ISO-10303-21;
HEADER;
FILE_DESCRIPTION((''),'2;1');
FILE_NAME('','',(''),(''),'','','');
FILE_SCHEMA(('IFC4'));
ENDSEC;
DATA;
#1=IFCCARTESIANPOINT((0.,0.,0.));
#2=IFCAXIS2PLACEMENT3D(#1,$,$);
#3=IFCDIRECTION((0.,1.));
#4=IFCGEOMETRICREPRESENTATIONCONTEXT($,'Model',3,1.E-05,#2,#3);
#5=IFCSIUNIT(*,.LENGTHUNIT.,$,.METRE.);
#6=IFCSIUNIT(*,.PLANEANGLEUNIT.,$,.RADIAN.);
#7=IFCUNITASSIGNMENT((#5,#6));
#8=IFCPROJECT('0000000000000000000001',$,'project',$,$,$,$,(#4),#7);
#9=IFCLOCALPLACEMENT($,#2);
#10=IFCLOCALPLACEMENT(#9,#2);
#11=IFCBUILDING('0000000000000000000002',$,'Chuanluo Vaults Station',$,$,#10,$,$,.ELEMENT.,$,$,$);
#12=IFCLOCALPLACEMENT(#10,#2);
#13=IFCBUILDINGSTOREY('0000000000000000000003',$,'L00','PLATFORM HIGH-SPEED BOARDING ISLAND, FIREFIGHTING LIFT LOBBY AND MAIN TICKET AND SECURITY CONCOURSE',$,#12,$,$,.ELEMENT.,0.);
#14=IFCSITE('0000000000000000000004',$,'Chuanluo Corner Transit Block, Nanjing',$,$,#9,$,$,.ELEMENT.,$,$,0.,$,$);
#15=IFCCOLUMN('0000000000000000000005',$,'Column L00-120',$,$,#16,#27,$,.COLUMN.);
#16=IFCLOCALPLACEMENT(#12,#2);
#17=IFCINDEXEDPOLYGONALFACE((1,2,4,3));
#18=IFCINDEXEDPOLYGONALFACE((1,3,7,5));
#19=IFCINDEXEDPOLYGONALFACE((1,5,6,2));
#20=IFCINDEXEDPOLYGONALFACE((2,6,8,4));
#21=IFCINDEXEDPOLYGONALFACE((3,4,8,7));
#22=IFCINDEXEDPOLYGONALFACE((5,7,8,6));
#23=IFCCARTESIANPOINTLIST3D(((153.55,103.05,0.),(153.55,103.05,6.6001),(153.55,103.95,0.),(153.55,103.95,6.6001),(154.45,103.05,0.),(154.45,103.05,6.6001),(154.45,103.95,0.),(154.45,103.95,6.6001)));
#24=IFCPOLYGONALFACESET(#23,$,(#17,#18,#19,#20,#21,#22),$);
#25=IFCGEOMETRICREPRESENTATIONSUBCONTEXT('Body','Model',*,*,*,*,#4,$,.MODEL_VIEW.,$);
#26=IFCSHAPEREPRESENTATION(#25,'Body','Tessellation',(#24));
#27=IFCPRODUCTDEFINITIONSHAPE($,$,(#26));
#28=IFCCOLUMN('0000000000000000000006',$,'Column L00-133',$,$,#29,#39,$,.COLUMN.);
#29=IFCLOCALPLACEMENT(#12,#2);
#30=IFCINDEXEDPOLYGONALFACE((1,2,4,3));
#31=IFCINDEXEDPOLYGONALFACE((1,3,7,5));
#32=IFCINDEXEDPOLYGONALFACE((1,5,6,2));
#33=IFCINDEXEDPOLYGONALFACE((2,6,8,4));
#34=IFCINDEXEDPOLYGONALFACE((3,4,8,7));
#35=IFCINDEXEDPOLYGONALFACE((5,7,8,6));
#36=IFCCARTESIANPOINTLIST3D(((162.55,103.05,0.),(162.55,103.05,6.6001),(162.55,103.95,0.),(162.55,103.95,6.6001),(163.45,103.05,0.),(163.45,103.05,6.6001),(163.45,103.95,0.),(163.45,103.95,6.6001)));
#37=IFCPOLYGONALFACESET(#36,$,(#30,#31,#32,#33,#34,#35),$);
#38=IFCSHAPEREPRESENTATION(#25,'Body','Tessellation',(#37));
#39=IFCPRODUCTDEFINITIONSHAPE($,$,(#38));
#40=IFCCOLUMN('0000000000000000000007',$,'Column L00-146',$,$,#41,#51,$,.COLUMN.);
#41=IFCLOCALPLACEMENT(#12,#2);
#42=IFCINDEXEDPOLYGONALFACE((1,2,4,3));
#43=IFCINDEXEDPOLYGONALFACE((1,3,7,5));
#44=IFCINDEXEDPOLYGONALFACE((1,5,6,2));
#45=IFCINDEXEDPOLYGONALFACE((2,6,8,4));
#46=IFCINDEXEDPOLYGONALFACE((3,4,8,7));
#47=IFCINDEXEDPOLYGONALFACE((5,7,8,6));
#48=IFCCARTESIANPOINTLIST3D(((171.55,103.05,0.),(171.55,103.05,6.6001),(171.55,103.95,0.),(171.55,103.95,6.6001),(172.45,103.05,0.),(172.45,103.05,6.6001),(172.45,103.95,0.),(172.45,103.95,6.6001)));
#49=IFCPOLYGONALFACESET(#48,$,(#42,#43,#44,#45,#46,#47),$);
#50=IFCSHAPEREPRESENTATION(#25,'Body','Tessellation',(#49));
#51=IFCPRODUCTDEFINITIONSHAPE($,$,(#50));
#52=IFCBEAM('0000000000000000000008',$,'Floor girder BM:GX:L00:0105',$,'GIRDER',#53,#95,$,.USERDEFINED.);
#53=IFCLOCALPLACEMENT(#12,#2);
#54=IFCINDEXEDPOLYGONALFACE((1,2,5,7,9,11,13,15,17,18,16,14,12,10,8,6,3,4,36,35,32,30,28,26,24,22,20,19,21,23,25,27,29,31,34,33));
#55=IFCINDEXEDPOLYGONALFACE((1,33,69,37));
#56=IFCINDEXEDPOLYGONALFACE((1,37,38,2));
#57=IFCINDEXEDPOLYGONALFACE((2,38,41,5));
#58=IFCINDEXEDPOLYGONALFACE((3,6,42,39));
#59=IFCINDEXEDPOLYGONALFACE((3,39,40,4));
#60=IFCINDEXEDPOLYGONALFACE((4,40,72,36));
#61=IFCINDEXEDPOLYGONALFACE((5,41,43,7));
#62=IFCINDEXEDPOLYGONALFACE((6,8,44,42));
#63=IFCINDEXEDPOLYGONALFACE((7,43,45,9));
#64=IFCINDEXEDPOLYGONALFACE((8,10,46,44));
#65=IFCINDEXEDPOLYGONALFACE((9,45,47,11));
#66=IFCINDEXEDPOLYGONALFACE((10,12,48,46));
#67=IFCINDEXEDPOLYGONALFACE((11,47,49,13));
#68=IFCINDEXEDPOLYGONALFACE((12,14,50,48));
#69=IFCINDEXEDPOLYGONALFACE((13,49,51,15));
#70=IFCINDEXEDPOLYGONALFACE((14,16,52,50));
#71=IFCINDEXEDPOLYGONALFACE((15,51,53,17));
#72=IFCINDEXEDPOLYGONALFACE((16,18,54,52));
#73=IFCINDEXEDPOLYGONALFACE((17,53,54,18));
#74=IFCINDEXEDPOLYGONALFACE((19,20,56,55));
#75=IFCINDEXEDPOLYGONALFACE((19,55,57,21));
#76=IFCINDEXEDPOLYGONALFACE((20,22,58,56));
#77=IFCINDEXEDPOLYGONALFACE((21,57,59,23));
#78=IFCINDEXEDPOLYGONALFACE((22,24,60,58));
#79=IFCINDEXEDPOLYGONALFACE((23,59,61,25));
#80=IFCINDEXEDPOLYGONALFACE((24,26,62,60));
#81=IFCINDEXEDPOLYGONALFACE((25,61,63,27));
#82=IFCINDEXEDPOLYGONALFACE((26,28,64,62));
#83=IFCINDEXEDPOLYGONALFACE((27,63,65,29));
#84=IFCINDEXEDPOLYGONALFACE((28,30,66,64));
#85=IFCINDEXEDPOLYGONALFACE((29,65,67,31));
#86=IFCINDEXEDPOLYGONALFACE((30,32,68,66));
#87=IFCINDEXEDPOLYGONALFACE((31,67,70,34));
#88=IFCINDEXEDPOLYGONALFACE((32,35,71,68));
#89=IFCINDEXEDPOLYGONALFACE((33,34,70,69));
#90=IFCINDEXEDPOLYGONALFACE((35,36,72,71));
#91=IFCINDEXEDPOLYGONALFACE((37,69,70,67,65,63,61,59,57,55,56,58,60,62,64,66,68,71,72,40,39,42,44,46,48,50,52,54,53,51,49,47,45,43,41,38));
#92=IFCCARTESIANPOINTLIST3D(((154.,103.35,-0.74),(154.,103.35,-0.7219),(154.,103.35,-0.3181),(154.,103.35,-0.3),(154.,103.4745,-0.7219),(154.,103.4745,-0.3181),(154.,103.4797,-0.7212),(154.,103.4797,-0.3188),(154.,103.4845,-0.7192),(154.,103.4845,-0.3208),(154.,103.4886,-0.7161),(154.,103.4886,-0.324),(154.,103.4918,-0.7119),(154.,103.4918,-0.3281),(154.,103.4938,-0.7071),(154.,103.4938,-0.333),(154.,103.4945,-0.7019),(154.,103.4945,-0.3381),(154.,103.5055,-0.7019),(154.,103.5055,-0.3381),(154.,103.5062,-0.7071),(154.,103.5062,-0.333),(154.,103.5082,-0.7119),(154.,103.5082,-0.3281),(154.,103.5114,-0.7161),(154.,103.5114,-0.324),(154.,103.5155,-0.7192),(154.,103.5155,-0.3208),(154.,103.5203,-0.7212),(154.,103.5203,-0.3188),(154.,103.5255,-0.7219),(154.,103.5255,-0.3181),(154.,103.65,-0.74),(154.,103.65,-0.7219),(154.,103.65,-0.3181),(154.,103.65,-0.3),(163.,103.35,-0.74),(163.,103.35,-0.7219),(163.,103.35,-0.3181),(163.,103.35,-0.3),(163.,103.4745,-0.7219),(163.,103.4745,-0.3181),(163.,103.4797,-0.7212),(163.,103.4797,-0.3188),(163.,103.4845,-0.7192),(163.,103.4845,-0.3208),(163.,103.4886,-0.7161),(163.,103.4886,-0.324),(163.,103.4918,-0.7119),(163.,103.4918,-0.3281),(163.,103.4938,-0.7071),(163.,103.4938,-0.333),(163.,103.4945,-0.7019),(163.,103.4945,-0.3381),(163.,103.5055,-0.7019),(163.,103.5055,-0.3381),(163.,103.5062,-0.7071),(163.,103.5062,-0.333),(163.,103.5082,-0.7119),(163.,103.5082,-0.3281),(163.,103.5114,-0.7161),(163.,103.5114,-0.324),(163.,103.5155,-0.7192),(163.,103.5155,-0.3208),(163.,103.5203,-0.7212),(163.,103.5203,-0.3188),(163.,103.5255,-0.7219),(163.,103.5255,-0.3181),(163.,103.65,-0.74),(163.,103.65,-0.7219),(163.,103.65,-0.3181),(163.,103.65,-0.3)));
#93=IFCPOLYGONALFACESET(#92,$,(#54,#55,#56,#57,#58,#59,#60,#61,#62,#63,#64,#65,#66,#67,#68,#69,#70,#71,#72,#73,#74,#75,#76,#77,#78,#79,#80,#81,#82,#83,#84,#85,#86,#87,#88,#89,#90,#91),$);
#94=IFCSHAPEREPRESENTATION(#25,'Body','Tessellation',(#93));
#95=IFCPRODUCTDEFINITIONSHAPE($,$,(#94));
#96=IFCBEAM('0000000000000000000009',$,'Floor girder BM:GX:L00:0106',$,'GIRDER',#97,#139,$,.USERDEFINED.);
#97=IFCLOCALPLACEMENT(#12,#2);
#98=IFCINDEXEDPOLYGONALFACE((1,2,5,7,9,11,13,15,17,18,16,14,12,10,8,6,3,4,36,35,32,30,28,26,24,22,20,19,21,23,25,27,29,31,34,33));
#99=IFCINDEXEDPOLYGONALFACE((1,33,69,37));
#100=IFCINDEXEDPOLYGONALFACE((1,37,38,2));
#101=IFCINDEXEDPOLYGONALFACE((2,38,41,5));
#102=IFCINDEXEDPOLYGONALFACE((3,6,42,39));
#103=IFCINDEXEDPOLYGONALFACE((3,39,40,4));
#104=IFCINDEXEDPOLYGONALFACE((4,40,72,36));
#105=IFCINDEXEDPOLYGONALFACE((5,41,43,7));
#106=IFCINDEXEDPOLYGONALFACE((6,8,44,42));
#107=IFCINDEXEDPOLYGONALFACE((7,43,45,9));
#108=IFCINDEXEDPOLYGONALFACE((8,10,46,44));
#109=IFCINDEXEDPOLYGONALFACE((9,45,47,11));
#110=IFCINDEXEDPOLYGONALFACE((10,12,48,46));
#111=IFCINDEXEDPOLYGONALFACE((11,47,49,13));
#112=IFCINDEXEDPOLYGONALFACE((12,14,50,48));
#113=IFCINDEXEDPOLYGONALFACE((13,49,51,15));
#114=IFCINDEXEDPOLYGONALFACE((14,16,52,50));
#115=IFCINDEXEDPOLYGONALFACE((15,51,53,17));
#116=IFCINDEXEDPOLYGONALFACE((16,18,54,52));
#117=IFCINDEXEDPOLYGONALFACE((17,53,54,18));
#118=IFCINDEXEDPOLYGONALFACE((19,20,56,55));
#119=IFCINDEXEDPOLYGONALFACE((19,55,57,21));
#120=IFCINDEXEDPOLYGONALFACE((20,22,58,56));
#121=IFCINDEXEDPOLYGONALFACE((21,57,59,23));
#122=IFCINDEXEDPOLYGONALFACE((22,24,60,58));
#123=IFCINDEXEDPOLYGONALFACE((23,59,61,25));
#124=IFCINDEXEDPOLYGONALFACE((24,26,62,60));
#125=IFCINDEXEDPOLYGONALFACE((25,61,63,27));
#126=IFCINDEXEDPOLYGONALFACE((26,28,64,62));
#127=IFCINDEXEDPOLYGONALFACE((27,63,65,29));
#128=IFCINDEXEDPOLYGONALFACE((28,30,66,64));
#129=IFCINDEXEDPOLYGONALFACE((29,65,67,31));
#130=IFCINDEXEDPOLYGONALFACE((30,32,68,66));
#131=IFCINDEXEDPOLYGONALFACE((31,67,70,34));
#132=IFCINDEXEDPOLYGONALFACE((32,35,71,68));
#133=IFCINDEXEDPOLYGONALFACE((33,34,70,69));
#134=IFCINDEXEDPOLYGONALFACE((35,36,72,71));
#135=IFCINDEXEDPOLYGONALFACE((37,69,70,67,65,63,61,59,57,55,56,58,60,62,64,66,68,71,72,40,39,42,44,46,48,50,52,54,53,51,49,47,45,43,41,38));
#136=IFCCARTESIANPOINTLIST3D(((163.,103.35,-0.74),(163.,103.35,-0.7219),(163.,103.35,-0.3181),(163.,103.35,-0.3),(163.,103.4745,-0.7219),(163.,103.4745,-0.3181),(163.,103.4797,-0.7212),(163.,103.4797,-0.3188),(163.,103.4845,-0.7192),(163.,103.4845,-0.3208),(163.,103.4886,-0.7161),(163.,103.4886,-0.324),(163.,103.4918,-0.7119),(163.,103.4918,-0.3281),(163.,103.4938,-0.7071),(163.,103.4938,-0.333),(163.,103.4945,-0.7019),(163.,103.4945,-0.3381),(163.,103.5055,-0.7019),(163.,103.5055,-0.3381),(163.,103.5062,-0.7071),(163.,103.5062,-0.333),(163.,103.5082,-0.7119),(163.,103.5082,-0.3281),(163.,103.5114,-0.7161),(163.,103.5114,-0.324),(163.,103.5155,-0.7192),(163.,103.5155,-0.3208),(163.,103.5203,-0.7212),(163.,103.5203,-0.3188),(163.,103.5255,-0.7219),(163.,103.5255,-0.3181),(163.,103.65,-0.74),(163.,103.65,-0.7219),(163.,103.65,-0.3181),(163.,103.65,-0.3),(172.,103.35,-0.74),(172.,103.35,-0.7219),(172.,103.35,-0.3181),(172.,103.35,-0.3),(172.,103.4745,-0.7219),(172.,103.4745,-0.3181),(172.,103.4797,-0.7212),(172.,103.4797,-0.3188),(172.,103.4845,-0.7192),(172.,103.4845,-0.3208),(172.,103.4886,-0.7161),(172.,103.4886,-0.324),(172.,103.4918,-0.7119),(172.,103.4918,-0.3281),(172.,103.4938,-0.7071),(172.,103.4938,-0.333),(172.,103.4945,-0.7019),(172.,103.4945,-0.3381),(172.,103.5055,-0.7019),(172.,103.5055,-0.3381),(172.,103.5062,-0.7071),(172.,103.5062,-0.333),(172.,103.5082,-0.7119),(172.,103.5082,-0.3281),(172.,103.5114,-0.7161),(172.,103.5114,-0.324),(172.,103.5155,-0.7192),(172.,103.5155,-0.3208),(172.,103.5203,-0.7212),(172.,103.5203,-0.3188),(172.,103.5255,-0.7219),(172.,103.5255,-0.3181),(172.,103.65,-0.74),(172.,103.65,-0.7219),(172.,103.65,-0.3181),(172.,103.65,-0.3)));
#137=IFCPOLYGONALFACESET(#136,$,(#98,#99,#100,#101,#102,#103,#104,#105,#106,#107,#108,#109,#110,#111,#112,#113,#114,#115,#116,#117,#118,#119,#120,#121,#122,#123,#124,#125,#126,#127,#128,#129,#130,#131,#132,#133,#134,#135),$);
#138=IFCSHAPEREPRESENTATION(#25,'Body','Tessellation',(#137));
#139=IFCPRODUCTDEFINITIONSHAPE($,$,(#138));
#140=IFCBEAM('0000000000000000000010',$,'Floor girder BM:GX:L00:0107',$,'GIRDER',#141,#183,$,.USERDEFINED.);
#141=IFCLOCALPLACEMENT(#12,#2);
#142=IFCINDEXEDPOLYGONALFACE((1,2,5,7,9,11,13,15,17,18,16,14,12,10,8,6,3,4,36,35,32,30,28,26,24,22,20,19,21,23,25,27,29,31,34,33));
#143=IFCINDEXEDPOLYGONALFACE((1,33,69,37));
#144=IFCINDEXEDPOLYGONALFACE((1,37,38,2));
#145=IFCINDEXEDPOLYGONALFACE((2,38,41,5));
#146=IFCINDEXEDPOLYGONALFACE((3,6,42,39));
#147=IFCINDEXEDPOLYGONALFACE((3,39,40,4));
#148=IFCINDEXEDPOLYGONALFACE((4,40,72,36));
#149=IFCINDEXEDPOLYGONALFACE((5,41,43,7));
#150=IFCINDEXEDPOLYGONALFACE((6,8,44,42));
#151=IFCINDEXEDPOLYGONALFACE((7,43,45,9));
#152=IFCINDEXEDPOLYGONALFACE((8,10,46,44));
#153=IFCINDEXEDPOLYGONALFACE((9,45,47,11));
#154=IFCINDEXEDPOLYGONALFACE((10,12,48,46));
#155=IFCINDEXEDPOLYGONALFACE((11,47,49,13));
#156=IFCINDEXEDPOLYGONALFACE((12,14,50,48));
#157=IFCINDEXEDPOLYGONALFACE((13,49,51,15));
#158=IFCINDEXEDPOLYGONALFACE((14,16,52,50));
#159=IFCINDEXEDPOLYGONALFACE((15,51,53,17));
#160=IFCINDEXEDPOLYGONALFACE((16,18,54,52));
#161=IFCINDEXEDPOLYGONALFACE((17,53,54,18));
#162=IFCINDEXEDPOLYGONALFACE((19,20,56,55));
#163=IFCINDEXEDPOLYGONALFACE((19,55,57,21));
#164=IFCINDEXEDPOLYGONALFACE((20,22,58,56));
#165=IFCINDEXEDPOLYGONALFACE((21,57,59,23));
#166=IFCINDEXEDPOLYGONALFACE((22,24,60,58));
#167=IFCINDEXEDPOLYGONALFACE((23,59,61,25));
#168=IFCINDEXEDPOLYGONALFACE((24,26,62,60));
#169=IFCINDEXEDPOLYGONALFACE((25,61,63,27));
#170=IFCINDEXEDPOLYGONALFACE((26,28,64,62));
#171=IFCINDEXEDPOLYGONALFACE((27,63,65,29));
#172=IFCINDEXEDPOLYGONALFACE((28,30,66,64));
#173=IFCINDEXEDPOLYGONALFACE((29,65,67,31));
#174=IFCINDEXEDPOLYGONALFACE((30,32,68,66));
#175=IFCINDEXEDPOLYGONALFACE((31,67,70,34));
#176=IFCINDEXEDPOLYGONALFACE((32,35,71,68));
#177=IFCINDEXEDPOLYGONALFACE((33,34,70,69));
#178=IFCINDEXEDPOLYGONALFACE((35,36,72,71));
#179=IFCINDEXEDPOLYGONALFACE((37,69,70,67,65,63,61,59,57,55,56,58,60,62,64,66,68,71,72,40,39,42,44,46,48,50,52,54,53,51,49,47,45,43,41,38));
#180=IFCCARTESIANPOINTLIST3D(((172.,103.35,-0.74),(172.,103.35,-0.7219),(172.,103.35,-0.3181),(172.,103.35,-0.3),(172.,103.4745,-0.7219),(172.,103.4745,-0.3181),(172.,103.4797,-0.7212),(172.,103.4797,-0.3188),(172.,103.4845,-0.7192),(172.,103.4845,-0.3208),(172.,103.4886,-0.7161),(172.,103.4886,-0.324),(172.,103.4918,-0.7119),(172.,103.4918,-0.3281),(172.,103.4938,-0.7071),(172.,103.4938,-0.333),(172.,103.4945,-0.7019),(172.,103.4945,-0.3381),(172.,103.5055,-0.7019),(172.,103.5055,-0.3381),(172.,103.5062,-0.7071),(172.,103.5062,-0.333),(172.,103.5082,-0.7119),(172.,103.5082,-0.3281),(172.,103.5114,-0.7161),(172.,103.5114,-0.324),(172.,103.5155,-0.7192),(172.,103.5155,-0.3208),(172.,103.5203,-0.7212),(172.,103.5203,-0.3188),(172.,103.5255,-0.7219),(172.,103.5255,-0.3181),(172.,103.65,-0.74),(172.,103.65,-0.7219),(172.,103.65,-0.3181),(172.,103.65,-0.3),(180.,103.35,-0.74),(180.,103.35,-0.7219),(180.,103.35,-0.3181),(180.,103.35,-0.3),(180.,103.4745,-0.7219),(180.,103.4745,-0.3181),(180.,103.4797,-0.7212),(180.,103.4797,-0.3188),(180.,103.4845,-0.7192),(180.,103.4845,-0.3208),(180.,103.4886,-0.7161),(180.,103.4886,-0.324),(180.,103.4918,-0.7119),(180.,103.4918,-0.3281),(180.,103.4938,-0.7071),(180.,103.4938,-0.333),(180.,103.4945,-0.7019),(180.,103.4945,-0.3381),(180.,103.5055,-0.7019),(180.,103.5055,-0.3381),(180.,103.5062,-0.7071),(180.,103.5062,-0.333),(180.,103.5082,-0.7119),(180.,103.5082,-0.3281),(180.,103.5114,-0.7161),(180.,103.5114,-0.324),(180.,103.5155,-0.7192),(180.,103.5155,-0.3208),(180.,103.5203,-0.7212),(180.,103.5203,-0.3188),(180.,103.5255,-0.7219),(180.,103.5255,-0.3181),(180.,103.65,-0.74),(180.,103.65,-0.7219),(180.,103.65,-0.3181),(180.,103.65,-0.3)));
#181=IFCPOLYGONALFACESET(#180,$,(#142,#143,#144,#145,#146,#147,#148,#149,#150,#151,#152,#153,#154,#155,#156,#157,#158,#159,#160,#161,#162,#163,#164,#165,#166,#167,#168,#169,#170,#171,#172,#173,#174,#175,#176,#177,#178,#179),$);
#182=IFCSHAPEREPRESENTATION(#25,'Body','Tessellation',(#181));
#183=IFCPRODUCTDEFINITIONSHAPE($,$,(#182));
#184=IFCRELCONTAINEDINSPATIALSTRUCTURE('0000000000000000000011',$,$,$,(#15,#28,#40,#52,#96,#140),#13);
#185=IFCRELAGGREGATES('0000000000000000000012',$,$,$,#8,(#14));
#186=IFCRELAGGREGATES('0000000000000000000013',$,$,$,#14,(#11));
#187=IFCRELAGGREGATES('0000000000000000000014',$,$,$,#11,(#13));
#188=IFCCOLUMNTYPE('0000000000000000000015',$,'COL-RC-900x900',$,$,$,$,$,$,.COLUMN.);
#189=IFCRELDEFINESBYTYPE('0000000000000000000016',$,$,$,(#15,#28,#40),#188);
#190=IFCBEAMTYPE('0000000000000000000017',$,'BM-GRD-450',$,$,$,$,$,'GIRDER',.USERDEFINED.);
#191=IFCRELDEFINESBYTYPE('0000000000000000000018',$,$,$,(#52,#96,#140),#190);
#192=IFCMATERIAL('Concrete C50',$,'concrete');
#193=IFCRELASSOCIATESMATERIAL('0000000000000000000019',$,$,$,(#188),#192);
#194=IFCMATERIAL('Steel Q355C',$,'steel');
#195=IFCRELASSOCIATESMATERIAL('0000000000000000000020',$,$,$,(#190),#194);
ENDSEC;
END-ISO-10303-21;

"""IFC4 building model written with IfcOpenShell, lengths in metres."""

from ifc_helpers import new_model, si_unit, direction, frame, origin, origin_2d, place, context, subcontext, project, spatial, rectangle, i_section, extrude, material, material_profile, profile_set, type_object, element, save


model = new_model("IFC4")

# Units and contexts
model_context = context("Model", 3, precision=1e-05, world=origin(), true_north=direction((0.0, 1.0)))
body_context = subcontext(model_context, "Body", "Model", "MODEL_VIEW")
ifc_project = project(units=[si_unit("LENGTHUNIT", "METRE"), si_unit("PLANEANGLEUNIT", "RADIAN")], contexts=[model_context])

# Site, building, storey
site_placement = place(None, origin())
site = spatial("IfcSite", under=ifc_project, at=site_placement, Name="Chuanluo Corner Transit Block, Nanjing", CompositionType="ELEMENT", RefElevation=0.0)
building_placement = place(site_placement, origin())
building = spatial("IfcBuilding", under=site, at=building_placement, Name="Chuanluo Vaults Station", CompositionType="ELEMENT")
storey_placement = place(building_placement, origin())
storey = spatial("IfcBuildingStorey", under=building, at=storey_placement, Name="L00", Description="PLATFORM HIGH-SPEED BOARDING ISLAND, FIREFIGHTING LIFT LOBBY AND MAIN TICKET AND SECURITY CONCOURSE", CompositionType="ELEMENT", Elevation=0.0)

# Columns
ifc_material_1 = material(Name="Concrete C50", Category="concrete")
ifc_material_profile_1 = material_profile(ifc_material_1, rectangle(XDim=0.8999, YDim=0.8999, at=origin_2d()))
ifc_profile_set_1 = profile_set([ifc_material_profile_1], Name="Concrete C50")
column_type = type_object("IfcColumnType", Name="COL-RC-900x900", PredefinedType="COLUMN", material=ifc_profile_set_1)
for number, where, z_axis, x_axis, name in (
    (1, (154.0, 103.5, 0.0), (0.0, 0.0, 1.0), (1.0, 0.0, 0.0), "Column L00-120"),
    (2, (163.0, 103.5, 0.0), (0.0, 0.0, 1.0), (1.0, 0.0, 0.0), "Column L00-133"),
    (3, (172.0, 103.5, 0.0), (0.0, 0.0, 1.0), (1.0, 0.0, 0.0), "Column L00-146"),
):
    element("IfcColumn", number, at=place(storey_placement, frame(where, z_axis=z_axis, x_axis=x_axis)), inside=storey, type_object=column_type, Name=name, PredefinedType="COLUMN", context=body_context, shape_type="SweptSolid", body=[
        extrude(rectangle(XDim=0.8999, YDim=0.8999, at=origin_2d()), origin(), (0.0, 0.0, 1.0), 6.6001),
    ])

# Beams
ifc_material_2 = material(Name="Steel Q355C", Category="steel")
ifc_material_profile_2 = material_profile(ifc_material_2, i_section(OverallWidth=0.3, OverallDepth=0.4399, WebThickness=0.011, FlangeThickness=0.0181, FilletRadius=0.02, at=origin_2d()))
ifc_profile_set_2 = profile_set([ifc_material_profile_2], Name="Steel Q355C")
beam_type_1 = type_object("IfcBeamType", Name="BM-GRD-450", ElementType="GIRDER", PredefinedType="USERDEFINED", material=ifc_profile_set_2)
for number, where, z_axis, x_axis, name in (
    (4, (154.0, 103.5, -0.52), (1.0, 0.0, 0.0), (0.0, 1.0, 0.0), "Floor girder BM:GX:L00:0105"),
    (5, (163.0, 103.5, -0.52), (1.0, 0.0, 0.0), (0.0, 1.0, 0.0), "Floor girder BM:GX:L00:0106"),
):
    element("IfcBeam", number, at=place(storey_placement, frame(where, z_axis=z_axis, x_axis=x_axis)), inside=storey, type_object=beam_type_1, Name=name, ObjectType="GIRDER", PredefinedType="USERDEFINED", context=body_context, shape_type="SweptSolid", body=[
        extrude(i_section(OverallWidth=0.3, OverallDepth=0.4399, WebThickness=0.011, FlangeThickness=0.0181, FilletRadius=0.02, at=origin_2d()), origin(), (0.0, 0.0, 1.0), 9.0),
    ])
beam_1_placement = place(storey_placement, frame((172.0, 103.5, -0.52), z_axis=(1.0, 0.0, 0.0), x_axis=(0.0, 1.0, 0.0)))
element("IfcBeam", 6, at=beam_1_placement, inside=storey, type_object=beam_type_1, Name="Floor girder BM:GX:L00:0107", ObjectType="GIRDER", PredefinedType="USERDEFINED", context=body_context, shape_type="SweptSolid", body=[
    extrude(i_section(OverallWidth=0.3, OverallDepth=0.4399, WebThickness=0.011, FlangeThickness=0.0181, FilletRadius=0.02, at=origin_2d()), origin(), (0.0, 0.0, 1.0), 8.0),
])

save(model, "model.ifc")
